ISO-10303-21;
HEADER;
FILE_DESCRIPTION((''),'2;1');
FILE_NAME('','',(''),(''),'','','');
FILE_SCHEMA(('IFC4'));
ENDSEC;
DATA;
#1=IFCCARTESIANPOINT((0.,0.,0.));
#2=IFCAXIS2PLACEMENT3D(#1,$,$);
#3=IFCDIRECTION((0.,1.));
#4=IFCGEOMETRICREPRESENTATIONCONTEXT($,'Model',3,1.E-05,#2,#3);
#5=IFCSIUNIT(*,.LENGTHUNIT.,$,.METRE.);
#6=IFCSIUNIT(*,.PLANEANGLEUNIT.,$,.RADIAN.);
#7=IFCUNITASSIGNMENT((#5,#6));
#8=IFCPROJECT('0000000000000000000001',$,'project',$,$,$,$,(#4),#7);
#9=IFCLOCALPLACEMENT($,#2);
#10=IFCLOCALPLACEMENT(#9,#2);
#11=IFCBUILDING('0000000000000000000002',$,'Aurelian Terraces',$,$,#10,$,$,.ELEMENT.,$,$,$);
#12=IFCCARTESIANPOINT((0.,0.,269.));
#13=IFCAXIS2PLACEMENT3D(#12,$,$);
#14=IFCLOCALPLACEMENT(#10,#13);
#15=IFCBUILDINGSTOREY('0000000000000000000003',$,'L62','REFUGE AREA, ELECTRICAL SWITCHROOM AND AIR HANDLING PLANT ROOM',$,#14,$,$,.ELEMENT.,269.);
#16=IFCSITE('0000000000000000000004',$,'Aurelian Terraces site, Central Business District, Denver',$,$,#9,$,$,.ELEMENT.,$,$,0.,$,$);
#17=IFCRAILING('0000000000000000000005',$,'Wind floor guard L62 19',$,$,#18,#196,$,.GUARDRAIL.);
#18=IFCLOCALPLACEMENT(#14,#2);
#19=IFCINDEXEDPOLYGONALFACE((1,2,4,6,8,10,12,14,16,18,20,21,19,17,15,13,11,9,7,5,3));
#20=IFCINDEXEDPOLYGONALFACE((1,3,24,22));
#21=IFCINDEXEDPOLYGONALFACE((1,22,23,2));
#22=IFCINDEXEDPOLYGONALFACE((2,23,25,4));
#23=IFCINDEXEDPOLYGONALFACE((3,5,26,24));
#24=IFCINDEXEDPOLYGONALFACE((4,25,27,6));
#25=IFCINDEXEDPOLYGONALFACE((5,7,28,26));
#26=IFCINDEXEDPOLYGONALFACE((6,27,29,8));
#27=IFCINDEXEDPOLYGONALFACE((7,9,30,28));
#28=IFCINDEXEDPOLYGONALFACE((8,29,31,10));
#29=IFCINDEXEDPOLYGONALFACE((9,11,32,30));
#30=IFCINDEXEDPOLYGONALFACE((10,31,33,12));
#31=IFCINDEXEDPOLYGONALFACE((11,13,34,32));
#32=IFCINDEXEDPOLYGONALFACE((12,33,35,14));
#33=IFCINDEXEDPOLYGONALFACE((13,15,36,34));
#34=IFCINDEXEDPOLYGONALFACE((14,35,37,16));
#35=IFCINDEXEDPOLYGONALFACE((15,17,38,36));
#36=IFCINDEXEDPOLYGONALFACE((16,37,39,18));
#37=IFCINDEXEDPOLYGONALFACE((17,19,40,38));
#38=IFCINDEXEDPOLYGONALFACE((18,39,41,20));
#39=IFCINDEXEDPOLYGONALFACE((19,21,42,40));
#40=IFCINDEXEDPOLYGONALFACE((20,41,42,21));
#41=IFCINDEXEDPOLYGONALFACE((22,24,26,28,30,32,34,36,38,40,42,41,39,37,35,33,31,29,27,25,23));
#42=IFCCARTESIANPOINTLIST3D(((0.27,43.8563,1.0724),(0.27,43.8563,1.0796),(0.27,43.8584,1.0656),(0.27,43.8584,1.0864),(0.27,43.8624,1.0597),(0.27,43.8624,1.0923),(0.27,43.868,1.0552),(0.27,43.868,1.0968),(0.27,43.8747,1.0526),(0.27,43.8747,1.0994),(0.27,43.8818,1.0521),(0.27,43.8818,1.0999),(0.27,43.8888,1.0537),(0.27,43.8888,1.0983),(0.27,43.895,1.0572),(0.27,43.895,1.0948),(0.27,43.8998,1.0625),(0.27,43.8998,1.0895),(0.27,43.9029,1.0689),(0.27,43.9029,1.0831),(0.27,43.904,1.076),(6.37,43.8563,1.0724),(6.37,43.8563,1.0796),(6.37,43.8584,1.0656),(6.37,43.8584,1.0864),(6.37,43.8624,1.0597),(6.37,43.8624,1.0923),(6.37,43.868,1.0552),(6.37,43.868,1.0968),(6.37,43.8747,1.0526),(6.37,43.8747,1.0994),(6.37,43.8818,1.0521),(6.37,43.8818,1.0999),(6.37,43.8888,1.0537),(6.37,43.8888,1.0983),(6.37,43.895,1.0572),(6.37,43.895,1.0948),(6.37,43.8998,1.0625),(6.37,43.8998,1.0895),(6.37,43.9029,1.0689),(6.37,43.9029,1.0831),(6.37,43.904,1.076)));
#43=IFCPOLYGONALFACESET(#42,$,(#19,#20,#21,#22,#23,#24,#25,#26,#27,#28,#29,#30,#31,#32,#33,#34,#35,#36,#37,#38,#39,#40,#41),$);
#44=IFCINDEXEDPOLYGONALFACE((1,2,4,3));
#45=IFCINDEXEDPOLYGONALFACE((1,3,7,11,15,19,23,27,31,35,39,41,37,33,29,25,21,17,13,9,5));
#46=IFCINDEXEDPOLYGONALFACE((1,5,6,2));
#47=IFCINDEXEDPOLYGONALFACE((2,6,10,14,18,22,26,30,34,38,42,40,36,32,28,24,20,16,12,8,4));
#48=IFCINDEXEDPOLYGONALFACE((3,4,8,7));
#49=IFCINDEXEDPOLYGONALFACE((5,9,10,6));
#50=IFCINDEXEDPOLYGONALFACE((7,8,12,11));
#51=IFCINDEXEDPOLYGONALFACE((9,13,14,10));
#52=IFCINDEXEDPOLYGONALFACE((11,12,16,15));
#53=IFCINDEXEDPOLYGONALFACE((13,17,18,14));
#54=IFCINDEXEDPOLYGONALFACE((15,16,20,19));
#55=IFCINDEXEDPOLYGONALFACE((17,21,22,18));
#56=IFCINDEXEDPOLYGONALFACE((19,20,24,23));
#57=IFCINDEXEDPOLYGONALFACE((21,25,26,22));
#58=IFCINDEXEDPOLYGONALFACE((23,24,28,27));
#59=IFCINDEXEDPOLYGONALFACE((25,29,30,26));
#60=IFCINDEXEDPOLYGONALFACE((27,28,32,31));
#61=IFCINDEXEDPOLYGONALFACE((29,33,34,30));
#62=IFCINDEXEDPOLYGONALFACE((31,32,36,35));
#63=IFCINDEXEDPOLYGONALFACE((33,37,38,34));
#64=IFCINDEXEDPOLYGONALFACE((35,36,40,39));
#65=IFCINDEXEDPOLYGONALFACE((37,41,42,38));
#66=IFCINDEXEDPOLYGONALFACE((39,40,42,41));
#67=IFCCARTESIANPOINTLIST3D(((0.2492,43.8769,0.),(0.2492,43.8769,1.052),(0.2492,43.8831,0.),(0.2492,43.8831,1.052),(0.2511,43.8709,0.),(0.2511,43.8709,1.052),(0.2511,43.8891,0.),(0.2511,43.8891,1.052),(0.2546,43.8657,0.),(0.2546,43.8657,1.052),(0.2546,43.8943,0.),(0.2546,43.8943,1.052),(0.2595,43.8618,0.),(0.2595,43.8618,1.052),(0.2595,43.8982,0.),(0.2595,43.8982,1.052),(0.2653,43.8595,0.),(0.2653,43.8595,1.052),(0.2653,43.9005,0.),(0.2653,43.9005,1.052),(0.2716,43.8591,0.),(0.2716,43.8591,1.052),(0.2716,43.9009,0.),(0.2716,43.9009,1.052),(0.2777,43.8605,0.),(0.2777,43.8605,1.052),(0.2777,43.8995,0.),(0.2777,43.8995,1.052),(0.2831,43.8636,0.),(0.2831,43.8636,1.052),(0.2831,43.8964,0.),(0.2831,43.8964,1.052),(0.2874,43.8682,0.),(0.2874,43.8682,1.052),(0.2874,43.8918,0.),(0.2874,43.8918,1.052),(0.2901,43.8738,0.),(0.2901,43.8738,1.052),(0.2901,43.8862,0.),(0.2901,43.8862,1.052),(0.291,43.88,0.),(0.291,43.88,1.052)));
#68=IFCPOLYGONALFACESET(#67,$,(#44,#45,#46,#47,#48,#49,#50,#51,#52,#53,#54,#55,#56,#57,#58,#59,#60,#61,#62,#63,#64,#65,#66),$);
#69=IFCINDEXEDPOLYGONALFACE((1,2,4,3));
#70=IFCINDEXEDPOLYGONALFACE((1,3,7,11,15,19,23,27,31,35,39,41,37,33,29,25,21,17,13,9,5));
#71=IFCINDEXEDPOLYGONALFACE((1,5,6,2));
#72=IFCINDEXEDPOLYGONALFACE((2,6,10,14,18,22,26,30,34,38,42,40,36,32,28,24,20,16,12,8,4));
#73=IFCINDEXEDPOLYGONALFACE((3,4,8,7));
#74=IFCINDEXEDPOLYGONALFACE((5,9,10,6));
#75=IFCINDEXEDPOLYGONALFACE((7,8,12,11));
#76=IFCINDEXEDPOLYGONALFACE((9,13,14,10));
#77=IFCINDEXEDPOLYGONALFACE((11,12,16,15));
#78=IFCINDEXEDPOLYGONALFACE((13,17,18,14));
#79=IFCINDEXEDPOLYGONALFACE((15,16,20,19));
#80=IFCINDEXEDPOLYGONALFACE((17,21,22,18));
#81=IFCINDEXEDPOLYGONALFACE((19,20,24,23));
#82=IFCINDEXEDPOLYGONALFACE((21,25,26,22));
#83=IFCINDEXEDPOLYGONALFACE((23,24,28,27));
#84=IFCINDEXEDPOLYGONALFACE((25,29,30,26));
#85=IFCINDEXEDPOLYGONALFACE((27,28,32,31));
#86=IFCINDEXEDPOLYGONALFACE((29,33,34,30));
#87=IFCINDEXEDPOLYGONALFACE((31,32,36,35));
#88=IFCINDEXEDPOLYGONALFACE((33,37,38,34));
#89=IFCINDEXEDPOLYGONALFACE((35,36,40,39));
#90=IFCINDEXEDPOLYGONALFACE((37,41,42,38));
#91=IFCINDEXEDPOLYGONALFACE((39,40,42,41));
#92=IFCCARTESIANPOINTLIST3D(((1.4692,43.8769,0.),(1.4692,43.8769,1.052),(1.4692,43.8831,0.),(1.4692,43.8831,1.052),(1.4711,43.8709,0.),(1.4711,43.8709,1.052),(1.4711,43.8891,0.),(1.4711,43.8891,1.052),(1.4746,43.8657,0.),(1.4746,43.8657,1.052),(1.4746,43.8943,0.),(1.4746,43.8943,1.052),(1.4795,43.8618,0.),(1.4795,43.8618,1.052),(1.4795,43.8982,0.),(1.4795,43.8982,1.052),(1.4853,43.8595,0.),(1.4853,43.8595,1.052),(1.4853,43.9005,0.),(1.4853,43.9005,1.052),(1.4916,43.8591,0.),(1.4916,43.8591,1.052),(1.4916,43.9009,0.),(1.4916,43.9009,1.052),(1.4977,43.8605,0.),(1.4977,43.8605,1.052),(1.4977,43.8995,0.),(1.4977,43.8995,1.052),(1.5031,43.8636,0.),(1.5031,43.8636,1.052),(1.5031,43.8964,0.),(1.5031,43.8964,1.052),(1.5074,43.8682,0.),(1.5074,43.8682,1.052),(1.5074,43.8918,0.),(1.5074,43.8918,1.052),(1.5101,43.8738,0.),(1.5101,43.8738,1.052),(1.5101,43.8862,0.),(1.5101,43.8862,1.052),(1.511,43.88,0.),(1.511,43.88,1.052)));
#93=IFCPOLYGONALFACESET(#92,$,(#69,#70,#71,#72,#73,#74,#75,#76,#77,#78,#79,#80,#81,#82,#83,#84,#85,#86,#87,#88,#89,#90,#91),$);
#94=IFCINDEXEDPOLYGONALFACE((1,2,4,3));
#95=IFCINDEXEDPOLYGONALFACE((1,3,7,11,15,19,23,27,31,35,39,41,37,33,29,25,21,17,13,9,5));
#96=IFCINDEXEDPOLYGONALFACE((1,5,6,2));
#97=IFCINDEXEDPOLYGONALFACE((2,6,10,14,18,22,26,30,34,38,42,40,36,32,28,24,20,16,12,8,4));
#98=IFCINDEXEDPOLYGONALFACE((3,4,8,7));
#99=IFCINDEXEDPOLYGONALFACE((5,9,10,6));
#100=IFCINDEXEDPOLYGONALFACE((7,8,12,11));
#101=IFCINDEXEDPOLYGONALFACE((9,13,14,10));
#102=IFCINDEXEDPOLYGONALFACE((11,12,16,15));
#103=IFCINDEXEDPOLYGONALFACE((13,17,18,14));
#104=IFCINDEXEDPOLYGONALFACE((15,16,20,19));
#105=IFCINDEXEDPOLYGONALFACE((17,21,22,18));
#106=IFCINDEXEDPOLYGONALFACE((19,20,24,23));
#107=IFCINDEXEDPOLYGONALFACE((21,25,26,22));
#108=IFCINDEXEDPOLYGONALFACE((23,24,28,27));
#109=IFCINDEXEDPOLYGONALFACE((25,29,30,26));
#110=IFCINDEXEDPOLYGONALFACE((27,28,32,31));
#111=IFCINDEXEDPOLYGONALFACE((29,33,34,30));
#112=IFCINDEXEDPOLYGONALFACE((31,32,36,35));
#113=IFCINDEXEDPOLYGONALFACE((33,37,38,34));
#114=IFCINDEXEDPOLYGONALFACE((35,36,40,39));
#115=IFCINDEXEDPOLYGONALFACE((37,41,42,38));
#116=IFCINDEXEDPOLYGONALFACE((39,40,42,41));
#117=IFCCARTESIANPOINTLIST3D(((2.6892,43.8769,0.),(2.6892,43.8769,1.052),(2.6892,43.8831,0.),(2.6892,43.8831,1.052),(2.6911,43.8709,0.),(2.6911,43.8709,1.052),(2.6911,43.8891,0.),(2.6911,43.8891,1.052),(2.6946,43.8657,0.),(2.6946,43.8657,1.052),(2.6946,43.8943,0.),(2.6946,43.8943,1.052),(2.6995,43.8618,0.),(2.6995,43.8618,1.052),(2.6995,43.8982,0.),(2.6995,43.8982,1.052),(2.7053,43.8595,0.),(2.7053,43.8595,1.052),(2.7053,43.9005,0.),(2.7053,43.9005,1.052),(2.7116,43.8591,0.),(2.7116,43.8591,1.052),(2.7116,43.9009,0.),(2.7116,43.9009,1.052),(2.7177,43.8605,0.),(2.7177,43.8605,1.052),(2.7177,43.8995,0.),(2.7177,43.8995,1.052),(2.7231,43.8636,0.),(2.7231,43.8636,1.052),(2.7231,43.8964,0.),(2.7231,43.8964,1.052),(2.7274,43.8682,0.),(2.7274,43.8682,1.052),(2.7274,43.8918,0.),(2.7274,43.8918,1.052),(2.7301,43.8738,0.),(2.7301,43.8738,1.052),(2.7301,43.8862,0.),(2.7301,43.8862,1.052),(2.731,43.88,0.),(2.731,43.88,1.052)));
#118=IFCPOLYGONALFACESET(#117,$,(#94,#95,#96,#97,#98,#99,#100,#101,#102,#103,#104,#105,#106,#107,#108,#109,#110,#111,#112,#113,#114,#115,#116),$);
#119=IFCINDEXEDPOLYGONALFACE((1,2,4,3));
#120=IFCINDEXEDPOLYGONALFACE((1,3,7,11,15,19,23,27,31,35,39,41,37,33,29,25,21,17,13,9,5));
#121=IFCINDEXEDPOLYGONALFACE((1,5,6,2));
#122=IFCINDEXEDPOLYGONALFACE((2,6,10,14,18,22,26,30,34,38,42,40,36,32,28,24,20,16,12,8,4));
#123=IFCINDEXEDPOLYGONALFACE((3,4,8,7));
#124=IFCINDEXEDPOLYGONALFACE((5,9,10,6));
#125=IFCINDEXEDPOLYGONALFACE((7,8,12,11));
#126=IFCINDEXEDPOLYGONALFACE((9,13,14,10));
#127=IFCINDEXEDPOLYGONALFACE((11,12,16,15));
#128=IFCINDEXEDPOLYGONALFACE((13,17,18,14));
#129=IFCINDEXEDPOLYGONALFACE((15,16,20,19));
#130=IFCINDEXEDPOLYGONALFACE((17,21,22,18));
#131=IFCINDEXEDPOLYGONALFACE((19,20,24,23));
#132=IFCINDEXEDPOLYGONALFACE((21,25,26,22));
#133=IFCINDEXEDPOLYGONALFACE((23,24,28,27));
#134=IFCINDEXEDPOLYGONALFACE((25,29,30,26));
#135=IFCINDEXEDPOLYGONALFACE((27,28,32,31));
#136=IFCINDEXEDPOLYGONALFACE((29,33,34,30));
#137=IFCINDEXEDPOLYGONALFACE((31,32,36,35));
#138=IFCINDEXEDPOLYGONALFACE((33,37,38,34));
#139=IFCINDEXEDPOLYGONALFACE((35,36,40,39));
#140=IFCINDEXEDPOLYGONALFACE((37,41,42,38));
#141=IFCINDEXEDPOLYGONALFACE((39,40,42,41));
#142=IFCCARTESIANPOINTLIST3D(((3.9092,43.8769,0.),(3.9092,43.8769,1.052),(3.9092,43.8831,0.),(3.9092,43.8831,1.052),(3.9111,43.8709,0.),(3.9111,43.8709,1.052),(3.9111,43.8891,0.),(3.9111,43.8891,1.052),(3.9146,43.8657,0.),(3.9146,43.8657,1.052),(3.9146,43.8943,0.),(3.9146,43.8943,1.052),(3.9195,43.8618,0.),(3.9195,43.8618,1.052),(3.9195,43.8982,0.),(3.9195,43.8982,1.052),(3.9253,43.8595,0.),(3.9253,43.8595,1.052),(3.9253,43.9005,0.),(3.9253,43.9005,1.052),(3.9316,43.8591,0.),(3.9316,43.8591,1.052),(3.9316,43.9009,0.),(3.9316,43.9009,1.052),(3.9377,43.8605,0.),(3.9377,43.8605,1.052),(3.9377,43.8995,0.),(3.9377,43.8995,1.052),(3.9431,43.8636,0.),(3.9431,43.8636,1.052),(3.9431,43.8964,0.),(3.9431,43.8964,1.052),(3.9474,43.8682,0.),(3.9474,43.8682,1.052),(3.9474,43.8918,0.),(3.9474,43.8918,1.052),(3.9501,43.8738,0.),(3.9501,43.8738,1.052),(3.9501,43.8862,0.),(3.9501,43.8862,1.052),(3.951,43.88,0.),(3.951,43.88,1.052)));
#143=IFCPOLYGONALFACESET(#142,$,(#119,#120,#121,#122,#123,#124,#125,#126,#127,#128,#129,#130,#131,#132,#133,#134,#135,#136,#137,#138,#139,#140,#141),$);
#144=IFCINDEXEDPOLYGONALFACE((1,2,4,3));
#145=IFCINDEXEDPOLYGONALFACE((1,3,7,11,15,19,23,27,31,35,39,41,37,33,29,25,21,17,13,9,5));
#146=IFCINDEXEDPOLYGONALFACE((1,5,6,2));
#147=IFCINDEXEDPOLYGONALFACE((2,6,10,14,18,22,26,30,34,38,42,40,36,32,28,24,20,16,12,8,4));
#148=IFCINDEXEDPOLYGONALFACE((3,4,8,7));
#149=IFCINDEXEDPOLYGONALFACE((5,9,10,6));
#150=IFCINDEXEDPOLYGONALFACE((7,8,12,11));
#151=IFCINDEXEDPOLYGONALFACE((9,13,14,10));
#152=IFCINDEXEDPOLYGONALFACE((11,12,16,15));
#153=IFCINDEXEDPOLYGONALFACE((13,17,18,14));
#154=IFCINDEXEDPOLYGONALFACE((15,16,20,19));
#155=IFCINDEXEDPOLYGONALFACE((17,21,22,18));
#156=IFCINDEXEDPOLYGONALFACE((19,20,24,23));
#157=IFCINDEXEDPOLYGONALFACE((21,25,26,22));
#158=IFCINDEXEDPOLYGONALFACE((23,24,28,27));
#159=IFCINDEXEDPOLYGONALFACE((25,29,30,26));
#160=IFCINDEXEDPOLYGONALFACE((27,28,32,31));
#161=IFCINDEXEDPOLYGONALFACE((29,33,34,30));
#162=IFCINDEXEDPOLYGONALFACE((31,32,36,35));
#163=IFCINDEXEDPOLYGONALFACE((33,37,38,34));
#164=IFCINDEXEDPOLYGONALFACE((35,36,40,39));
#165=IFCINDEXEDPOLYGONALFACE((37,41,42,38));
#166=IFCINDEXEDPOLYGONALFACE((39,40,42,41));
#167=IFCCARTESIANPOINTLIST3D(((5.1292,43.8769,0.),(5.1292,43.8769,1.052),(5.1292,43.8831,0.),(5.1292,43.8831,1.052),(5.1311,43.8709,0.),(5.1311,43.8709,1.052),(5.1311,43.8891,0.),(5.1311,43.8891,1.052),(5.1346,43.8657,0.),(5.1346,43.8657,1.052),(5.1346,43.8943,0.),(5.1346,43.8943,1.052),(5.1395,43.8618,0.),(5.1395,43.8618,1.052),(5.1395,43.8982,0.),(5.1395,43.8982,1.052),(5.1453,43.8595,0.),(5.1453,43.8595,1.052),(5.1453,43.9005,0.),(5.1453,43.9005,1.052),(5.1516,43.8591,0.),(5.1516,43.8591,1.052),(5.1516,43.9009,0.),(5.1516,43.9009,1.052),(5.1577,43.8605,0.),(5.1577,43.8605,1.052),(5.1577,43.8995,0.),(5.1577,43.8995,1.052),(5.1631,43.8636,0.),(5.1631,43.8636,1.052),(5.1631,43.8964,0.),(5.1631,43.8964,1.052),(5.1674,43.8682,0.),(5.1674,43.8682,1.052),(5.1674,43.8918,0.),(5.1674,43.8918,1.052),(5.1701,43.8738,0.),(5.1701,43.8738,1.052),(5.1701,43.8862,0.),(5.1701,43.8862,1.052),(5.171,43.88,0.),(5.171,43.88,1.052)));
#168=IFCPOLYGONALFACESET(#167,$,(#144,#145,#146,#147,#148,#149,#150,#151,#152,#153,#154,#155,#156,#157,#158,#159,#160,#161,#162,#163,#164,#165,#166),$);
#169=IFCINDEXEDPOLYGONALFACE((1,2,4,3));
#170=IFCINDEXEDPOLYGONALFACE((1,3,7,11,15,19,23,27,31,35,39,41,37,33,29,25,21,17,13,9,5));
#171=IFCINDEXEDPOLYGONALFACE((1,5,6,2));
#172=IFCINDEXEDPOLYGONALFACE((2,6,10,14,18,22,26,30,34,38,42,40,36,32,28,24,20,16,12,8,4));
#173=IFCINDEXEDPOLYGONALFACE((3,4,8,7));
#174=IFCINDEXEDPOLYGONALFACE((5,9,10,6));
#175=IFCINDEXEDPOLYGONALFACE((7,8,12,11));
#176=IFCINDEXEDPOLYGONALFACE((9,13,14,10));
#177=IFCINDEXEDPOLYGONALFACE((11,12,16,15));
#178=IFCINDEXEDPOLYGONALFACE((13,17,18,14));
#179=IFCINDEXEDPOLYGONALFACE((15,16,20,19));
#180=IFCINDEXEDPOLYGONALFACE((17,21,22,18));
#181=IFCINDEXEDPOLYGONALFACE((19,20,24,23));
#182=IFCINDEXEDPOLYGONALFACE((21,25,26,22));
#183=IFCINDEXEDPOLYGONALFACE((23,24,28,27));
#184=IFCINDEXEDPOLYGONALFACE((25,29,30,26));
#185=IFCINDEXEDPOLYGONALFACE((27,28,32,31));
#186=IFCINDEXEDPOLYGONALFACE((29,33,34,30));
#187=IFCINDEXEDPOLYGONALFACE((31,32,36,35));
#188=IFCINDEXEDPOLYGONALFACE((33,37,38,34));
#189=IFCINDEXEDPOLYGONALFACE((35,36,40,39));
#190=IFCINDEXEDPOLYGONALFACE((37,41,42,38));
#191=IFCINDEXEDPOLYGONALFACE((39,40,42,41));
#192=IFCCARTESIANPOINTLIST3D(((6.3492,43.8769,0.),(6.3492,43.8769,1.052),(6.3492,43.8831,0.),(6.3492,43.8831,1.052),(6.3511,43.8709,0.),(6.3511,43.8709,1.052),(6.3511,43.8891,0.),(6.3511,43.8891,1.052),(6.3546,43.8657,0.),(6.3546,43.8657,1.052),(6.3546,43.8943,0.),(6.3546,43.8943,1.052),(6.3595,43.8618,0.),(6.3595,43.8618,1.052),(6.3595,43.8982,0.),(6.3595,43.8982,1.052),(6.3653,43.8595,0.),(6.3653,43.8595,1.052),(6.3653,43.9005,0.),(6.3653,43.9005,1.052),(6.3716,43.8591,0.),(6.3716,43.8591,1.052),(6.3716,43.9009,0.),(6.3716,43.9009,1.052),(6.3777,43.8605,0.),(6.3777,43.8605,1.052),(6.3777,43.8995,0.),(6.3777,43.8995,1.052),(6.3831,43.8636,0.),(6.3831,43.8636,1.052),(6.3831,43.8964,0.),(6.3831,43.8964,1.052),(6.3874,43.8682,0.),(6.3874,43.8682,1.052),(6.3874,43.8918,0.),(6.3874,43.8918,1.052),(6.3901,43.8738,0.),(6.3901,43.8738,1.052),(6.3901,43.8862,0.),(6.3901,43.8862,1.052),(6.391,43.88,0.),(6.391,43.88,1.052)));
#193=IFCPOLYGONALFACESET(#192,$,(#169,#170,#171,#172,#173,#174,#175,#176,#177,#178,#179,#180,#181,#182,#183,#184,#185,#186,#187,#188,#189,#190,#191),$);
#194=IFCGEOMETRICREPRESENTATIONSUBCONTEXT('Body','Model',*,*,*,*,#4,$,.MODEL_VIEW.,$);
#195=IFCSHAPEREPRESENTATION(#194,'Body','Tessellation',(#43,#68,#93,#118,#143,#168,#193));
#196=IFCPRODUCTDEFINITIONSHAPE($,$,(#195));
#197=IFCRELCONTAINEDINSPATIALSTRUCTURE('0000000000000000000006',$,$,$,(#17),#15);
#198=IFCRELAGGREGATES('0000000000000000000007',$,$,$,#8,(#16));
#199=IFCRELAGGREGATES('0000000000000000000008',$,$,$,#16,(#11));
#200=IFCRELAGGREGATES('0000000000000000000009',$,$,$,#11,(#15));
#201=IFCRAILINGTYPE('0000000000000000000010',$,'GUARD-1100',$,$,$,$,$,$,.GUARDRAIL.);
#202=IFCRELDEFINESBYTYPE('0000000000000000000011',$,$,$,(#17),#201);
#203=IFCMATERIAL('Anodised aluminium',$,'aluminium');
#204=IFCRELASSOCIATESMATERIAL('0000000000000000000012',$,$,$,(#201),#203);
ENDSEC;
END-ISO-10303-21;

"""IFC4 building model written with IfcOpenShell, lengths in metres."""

from ifc_helpers import new_model, si_unit, direction, frame, origin, origin_2d, place, context, subcontext, project, spatial, circle, extrude, source, transform, mapped, material, type_object, element, save


model = new_model("IFC4")

# Units and contexts
model_context = context("Model", 3, precision=1e-05, world=origin(), true_north=direction((0.0, 1.0)))
body_context = subcontext(model_context, "Body", "Model", "MODEL_VIEW")
ifc_project = project(units=[si_unit("LENGTHUNIT", "METRE"), si_unit("PLANEANGLEUNIT", "RADIAN")], contexts=[model_context])

# Site, building, storey
site_placement = place(None, origin())
site = spatial("IfcSite", under=ifc_project, at=site_placement, Name="Aurelian Terraces site, Central Business District, Denver", CompositionType="ELEMENT", RefElevation=0.0)
building_placement = place(site_placement, origin())
building = spatial("IfcBuilding", under=site, at=building_placement, Name="Aurelian Terraces", CompositionType="ELEMENT")
storey_placement = place(building_placement, frame((0.0, 0.0, 269.0)))
storey = spatial("IfcBuildingStorey", under=building, at=storey_placement, Name="L62", Description="REFUGE AREA, ELECTRICAL SWITCHROOM AND AIR HANDLING PLANT ROOM", CompositionType="ELEMENT", Elevation=269.0)

# Railing
ifc_material_1 = material(Name="Anodised aluminium", Category="aluminium")
railing_type_1 = type_object("IfcRailingType", Name="GUARD-1100", PredefinedType="GUARDRAIL", material=ifc_material_1)
shared_shape_1 = source(origin(), body_context, "Body", "SweptSolid", [
    extrude(circle(Radius=0.024, at=origin_2d()), frame((0.0, 0.0, 1.076), z_axis=(1.0, 0.0, 0.0), x_axis=(0.0, 1.0, 0.0)), (0.0, 0.0, 1.0), 6.1),
    extrude(circle(Radius=0.021, at=origin_2d()), origin(), (0.0, 0.0, 1.0), 1.052),
    extrude(circle(Radius=0.021, at=origin_2d()), frame((1.22, 0.0, 0.0)), (0.0, 0.0, 1.0), 1.052),
    extrude(circle(Radius=0.021, at=origin_2d()), frame((2.44, 0.0, 0.0)), (0.0, 0.0, 1.0), 1.052),
    extrude(circle(Radius=0.021, at=origin_2d()), frame((3.66, 0.0, 0.0)), (0.0, 0.0, 1.0), 1.052),
    extrude(circle(Radius=0.021, at=origin_2d()), frame((4.88, 0.0, 0.0)), (0.0, 0.0, 1.0), 1.052),
    extrude(circle(Radius=0.021, at=origin_2d()), frame((6.1, 0.0, 0.0)), (0.0, 0.0, 1.0), 1.052),
])
railing_1_placement = place(storey_placement, frame((0.27, 43.88, 0.0)))
element("IfcRailing", 1, at=railing_1_placement, inside=storey, type_object=railing_type_1, Name="Wind floor guard L62 19", PredefinedType="GUARDRAIL", context=body_context, shape_type="MappedRepresentation", body=[
    mapped(shared_shape_1, transform((0.0, 0.0, 0.0), scale=1.0)),
])

save(model, "model.ifc")
